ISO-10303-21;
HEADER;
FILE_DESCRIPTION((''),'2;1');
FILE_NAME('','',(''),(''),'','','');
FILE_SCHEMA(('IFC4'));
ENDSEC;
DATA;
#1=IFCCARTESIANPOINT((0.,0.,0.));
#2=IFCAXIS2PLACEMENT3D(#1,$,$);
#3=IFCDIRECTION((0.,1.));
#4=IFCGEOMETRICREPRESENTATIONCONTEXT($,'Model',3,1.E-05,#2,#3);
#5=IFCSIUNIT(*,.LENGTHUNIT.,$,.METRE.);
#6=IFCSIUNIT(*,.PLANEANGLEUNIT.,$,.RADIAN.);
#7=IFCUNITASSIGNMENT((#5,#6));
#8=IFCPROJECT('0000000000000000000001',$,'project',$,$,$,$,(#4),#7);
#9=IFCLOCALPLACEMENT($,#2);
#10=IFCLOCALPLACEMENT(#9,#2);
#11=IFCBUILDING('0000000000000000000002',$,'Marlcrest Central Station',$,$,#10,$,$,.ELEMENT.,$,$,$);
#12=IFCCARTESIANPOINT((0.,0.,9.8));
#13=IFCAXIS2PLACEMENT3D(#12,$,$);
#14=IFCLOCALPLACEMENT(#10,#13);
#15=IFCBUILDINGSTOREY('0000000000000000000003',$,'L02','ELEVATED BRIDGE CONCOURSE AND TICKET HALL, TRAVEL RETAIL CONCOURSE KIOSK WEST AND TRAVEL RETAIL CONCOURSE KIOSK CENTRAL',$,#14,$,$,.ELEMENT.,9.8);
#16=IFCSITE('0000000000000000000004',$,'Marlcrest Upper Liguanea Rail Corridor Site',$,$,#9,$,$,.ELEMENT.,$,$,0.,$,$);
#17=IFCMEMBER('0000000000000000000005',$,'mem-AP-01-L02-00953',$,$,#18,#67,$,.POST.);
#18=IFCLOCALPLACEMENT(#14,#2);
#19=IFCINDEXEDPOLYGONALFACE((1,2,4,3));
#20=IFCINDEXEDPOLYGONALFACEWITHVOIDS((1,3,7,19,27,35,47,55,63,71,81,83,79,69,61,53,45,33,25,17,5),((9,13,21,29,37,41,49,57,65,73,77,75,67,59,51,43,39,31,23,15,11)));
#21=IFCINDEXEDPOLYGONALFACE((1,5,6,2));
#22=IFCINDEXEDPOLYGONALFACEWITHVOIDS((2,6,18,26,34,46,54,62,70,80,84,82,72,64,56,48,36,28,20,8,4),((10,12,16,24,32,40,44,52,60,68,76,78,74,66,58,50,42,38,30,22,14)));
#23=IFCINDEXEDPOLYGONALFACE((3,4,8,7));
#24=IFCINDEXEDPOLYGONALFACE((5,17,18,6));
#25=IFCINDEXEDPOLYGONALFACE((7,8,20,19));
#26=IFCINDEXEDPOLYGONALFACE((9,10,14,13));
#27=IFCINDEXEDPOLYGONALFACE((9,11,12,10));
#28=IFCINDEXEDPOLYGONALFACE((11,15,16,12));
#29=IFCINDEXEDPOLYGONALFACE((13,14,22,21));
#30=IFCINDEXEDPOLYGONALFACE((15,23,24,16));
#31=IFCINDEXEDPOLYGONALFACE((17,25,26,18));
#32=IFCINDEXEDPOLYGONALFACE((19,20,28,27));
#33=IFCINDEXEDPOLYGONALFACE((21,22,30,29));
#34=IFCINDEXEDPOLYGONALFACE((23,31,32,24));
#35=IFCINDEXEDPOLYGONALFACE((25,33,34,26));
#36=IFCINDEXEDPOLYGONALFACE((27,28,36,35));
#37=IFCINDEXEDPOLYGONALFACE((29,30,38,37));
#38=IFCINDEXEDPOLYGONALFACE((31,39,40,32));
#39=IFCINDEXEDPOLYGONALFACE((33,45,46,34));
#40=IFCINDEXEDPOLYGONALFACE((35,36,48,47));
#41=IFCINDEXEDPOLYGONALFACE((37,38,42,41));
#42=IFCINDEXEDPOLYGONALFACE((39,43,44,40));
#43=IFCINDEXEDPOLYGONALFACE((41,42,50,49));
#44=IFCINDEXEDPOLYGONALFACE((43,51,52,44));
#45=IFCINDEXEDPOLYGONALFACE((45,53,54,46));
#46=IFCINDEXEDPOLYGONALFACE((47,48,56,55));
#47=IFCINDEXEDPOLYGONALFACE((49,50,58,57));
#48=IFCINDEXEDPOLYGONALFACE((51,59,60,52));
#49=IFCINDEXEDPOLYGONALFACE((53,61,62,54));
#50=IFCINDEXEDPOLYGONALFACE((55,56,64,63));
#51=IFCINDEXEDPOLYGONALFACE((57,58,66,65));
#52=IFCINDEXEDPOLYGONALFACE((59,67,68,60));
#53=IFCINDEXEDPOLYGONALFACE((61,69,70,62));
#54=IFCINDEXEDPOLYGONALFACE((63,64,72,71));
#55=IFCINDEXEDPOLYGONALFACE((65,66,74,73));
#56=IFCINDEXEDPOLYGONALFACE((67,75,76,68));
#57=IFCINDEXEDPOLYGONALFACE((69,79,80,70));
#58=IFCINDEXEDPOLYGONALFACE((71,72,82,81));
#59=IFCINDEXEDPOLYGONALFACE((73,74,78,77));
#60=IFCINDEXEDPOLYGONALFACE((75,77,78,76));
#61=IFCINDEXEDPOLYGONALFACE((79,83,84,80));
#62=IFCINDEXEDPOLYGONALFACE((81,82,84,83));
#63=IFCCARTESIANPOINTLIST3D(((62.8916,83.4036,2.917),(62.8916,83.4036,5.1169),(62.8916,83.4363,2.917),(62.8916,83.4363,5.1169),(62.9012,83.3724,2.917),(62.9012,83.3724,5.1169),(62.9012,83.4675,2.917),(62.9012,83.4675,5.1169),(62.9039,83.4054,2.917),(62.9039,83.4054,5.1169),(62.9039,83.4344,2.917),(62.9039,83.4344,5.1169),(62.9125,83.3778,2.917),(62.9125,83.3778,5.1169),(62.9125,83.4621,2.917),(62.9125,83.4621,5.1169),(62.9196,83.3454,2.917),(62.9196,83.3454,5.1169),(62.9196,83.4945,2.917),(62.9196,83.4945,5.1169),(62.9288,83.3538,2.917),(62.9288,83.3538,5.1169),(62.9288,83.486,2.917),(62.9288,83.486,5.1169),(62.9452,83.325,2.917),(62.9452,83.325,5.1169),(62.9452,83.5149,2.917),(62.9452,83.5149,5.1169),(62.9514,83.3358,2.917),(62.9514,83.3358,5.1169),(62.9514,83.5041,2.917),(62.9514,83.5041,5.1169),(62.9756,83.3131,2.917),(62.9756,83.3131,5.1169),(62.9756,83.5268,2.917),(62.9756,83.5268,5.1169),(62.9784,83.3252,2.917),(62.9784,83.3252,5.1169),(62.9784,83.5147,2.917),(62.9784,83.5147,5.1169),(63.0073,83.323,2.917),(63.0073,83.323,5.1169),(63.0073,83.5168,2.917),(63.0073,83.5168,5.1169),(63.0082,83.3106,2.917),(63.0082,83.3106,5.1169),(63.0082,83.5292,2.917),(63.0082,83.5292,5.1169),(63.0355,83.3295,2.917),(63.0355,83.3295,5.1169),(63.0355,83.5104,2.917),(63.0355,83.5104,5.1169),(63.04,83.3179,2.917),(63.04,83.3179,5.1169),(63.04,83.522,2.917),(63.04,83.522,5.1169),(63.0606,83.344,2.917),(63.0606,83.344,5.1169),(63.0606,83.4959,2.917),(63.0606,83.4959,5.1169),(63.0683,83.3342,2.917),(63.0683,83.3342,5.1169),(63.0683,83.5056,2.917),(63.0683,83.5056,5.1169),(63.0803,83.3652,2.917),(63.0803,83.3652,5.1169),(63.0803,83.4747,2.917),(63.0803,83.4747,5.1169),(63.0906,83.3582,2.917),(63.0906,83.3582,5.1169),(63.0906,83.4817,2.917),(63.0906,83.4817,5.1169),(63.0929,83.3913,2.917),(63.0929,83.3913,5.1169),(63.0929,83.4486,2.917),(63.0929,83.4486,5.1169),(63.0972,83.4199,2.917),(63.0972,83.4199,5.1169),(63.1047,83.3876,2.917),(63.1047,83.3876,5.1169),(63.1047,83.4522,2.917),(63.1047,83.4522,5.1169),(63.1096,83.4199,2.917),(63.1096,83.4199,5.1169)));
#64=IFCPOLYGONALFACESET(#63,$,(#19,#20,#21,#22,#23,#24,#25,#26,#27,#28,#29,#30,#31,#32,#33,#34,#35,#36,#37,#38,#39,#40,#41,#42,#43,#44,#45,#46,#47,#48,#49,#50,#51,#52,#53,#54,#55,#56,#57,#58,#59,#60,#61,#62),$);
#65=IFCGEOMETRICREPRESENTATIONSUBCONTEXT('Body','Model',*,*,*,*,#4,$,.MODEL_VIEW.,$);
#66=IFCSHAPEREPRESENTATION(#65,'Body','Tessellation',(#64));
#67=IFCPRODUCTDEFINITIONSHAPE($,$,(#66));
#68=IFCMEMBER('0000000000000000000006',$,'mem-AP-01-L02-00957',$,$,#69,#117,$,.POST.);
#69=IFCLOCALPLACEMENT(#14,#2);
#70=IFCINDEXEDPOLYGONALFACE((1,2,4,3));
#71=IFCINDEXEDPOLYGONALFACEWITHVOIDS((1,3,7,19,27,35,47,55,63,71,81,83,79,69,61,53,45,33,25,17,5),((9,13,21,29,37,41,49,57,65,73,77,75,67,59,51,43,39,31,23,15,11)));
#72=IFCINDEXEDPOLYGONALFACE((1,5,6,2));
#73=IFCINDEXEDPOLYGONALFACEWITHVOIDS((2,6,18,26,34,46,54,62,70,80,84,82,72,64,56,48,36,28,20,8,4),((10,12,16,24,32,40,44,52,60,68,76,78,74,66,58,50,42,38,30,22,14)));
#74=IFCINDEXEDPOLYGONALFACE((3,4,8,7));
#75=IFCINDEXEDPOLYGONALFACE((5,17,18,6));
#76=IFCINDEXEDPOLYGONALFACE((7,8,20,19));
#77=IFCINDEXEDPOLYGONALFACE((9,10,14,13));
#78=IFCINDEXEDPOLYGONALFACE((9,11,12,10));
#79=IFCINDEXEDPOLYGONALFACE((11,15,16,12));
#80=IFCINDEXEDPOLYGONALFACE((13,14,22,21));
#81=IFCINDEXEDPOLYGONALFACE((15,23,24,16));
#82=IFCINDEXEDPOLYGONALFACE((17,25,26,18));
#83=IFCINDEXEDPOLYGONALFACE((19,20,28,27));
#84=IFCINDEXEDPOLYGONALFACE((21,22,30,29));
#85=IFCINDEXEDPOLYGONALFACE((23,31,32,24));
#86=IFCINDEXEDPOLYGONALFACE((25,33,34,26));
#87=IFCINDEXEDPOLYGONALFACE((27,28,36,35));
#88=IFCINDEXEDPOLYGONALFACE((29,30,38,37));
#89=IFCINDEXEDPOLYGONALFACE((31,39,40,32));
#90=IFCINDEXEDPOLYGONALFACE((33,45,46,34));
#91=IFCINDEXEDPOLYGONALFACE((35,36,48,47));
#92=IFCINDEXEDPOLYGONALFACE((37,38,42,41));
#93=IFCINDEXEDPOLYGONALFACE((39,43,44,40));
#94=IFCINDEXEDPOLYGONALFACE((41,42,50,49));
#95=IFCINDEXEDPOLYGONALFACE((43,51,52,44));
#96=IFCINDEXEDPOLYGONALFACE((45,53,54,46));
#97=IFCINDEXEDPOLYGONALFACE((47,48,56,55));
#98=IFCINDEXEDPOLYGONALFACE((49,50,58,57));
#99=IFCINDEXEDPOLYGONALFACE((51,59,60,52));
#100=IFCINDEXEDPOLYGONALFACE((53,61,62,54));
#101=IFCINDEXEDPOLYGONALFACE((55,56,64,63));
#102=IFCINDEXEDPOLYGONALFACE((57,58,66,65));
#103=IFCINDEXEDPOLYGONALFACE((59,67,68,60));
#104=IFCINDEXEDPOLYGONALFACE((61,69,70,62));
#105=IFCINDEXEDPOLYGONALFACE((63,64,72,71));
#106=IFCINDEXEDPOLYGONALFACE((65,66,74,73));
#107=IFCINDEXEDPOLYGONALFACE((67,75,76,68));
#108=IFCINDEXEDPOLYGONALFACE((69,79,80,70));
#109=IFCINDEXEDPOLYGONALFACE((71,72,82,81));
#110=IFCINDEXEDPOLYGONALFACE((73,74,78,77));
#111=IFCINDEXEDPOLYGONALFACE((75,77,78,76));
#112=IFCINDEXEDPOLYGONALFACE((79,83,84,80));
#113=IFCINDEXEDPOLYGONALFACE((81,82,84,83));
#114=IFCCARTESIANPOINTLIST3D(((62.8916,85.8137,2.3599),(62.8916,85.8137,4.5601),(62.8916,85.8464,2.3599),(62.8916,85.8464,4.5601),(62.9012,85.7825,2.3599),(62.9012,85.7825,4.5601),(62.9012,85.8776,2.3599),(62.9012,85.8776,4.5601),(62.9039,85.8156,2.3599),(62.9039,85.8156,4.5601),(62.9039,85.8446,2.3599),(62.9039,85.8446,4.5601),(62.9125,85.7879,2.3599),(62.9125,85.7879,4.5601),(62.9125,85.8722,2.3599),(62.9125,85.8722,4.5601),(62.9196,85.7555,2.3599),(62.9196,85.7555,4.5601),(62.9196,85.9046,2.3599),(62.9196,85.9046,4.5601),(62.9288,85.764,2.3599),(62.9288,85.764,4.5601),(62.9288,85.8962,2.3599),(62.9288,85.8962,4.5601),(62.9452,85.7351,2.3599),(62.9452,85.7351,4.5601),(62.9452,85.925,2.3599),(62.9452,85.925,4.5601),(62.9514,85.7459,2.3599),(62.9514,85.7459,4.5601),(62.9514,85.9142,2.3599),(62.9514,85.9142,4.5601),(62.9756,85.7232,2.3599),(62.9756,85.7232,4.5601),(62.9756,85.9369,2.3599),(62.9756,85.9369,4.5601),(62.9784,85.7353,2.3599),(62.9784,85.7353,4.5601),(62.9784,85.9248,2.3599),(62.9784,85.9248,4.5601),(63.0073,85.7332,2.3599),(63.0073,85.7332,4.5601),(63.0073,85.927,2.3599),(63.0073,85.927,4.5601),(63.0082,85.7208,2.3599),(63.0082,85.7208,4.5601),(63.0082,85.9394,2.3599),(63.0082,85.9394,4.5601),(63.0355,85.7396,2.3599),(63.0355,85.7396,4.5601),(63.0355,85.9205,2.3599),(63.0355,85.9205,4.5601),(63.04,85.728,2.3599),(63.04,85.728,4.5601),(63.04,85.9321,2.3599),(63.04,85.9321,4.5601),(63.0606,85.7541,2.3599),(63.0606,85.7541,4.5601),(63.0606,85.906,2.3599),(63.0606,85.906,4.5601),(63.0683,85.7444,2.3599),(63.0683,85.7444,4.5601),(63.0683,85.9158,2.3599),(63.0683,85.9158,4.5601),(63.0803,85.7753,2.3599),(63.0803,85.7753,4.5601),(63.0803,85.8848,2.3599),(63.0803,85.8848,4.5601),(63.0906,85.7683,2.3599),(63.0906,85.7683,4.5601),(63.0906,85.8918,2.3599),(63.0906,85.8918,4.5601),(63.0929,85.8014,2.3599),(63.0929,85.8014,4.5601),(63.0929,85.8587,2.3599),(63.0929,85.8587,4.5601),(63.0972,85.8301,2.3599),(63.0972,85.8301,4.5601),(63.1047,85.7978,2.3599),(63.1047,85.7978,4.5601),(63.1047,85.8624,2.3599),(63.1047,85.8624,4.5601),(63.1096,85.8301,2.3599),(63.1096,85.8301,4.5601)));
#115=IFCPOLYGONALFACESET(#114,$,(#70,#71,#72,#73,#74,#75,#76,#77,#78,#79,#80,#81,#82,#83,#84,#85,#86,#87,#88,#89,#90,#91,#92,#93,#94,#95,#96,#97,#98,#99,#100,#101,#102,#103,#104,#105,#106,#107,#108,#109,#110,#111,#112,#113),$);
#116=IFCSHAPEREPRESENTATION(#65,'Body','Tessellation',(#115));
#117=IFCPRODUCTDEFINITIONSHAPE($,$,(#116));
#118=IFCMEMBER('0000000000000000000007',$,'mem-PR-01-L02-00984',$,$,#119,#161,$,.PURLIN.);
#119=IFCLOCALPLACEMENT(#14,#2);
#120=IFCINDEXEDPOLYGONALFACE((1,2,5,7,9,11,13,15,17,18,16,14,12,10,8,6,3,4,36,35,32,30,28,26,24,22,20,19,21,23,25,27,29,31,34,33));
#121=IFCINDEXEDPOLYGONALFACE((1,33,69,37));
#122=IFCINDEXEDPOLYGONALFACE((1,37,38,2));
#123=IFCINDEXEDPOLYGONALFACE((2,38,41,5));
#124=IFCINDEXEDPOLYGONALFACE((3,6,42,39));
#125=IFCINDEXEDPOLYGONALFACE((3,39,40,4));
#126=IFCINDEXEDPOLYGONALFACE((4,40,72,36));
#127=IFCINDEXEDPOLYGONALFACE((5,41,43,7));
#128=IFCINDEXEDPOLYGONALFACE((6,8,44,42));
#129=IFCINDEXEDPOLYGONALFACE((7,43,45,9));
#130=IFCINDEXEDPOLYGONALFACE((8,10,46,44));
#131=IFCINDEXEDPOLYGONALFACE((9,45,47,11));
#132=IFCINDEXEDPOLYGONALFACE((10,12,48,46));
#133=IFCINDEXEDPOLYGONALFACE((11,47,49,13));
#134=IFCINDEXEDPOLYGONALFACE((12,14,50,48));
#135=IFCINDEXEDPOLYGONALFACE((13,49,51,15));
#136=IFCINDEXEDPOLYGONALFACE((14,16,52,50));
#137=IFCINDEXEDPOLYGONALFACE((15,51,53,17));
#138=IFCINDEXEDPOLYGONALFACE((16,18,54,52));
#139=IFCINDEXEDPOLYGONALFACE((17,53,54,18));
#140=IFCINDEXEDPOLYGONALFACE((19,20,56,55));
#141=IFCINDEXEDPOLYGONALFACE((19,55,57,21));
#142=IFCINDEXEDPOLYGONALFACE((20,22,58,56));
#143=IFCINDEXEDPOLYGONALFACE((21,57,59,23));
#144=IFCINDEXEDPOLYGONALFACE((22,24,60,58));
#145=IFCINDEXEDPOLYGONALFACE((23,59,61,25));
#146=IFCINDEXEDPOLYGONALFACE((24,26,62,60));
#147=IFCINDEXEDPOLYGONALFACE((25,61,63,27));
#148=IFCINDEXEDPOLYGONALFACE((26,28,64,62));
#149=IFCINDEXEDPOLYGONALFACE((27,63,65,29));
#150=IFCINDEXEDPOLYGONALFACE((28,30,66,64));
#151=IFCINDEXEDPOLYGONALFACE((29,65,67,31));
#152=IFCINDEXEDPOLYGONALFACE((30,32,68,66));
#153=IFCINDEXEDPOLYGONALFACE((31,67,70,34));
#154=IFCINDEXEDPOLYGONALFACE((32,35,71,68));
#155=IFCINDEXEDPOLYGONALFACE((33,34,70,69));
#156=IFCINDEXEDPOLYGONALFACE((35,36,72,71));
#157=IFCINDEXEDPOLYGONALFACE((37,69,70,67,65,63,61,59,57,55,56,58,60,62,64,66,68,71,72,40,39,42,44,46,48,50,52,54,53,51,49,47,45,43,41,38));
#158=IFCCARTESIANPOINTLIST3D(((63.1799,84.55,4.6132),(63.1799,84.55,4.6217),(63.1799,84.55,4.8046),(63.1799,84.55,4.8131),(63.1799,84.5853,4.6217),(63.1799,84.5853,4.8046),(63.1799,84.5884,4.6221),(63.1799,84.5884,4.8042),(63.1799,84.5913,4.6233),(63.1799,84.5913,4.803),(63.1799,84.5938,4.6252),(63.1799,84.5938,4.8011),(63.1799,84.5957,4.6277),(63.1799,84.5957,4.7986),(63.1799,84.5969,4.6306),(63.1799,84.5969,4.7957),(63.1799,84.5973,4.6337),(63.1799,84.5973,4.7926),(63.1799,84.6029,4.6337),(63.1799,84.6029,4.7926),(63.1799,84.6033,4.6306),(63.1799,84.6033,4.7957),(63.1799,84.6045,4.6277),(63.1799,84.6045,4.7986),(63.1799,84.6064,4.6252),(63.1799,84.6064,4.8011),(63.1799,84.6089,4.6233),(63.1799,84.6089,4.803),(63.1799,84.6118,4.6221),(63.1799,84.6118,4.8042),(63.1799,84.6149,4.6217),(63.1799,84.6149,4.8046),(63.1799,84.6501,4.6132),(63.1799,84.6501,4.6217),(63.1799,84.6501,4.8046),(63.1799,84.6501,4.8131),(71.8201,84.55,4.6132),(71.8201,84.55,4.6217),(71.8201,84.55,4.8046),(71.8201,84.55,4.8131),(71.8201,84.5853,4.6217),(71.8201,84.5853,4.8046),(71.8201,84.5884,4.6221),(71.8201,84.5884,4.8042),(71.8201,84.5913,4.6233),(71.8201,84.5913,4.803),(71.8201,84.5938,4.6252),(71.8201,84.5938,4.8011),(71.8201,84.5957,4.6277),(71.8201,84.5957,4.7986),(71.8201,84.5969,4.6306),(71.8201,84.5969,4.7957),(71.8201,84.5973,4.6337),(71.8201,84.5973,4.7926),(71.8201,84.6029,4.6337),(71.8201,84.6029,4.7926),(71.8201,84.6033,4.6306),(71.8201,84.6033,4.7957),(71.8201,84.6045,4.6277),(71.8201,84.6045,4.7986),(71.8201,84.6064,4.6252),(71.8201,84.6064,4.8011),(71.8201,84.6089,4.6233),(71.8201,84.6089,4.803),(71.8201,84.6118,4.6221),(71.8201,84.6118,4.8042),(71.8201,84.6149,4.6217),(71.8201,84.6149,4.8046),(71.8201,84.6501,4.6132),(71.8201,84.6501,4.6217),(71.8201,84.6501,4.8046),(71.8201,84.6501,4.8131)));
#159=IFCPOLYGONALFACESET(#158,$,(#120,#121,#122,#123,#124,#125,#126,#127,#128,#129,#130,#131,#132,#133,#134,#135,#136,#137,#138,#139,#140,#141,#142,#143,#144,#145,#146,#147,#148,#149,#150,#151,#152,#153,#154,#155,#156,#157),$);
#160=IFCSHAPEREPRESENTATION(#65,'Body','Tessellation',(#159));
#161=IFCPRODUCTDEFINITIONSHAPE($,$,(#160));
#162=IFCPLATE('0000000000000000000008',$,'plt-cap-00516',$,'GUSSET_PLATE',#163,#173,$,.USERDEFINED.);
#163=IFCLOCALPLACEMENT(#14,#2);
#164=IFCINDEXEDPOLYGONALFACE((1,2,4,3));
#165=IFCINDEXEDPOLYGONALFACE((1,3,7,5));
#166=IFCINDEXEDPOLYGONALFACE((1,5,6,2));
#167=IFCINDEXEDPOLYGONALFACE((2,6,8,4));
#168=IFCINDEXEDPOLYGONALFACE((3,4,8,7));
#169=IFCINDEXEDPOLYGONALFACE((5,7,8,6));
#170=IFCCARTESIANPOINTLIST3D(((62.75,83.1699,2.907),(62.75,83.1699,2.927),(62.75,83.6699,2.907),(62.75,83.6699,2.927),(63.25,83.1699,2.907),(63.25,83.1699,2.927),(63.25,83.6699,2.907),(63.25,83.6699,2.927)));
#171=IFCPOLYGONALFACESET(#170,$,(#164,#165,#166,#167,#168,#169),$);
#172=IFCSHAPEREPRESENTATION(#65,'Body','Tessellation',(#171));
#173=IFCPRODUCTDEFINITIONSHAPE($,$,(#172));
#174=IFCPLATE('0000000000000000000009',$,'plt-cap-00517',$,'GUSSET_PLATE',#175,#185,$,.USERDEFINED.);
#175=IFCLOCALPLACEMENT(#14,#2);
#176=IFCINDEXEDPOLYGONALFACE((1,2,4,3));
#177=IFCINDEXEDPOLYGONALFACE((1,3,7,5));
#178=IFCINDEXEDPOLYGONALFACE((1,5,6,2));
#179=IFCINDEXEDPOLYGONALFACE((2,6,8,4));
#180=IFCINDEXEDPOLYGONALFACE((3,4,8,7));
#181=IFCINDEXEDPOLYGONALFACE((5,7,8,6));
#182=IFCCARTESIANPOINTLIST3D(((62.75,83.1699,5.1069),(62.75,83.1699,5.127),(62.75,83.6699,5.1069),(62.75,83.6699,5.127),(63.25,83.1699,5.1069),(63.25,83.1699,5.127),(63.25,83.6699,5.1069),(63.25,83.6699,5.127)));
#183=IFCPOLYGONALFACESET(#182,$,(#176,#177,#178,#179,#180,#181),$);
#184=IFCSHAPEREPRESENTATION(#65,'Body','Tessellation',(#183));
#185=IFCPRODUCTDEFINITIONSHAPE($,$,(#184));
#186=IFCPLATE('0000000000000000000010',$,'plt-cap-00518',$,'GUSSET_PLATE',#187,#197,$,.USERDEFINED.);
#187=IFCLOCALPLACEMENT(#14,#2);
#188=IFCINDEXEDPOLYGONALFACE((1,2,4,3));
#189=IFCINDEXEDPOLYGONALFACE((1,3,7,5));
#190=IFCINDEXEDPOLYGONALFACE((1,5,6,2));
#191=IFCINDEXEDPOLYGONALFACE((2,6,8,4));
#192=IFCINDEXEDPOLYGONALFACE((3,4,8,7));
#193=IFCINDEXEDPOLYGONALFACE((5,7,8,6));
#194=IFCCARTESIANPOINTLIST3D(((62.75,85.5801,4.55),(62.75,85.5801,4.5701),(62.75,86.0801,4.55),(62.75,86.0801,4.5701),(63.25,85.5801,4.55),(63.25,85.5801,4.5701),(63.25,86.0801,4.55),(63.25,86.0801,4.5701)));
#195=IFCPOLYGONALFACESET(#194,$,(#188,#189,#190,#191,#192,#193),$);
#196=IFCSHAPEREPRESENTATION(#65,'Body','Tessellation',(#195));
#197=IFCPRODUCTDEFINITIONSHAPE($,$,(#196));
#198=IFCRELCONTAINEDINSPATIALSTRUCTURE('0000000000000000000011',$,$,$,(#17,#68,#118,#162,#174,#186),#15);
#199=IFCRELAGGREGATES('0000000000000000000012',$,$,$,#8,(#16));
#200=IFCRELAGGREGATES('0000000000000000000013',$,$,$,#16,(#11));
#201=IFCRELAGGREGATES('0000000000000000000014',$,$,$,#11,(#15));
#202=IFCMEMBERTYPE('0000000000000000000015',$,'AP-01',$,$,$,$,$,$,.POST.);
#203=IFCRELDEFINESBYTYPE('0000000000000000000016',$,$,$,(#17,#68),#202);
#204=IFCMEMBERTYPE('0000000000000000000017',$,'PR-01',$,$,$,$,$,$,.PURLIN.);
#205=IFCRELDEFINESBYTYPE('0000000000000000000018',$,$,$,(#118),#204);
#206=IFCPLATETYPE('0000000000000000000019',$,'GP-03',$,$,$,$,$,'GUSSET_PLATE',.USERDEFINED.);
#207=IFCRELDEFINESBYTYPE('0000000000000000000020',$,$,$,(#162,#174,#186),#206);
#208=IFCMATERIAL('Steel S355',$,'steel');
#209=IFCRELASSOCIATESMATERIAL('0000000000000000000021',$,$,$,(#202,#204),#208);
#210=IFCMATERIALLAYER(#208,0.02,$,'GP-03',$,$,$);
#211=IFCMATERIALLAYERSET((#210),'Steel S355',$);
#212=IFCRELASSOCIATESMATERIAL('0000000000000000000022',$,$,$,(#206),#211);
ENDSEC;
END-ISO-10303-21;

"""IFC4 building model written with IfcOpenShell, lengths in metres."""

from ifc_helpers import new_model, si_unit, direction, frame, origin, origin_2d, place, context, subcontext, project, spatial, rectangle, hollow_circle, i_section, extrude, material, layer, layer_set, material_profile, profile_set, type_object, element, save


model = new_model("IFC4")

# Units and contexts
model_context = context("Model", 3, precision=1e-05, world=origin(), true_north=direction((0.0, 1.0)))
body_context = subcontext(model_context, "Body", "Model", "MODEL_VIEW")
ifc_project = project(units=[si_unit("LENGTHUNIT", "METRE"), si_unit("PLANEANGLEUNIT", "RADIAN")], contexts=[model_context])

# Site, building, storey
site_placement = place(None, origin())
site = spatial("IfcSite", under=ifc_project, at=site_placement, Name="Marlcrest Upper Liguanea Rail Corridor Site", CompositionType="ELEMENT", RefElevation=0.0)
building_placement = place(site_placement, origin())
building = spatial("IfcBuilding", under=site, at=building_placement, Name="Marlcrest Central Station", CompositionType="ELEMENT")
storey_placement = place(building_placement, frame((0.0, 0.0, 9.8)))
storey = spatial("IfcBuildingStorey", under=building, at=storey_placement, Name="L02", Description="ELEVATED BRIDGE CONCOURSE AND TICKET HALL, TRAVEL RETAIL CONCOURSE KIOSK WEST AND TRAVEL RETAIL CONCOURSE KIOSK CENTRAL", CompositionType="ELEMENT", Elevation=9.8)

# Members
ifc_material_1 = material(Name="Steel S355", Category="steel")
ifc_material_profile_1 = material_profile(ifc_material_1, hollow_circle(Radius=0.1096, WallThickness=0.0125, at=origin_2d()), Name="CHS 219.1x12.5")
ifc_profile_set_1 = profile_set([ifc_material_profile_1], Name="Steel S355")
member_type_1 = type_object("IfcMemberType", Name="AP-01", PredefinedType="POST", material=ifc_profile_set_1)
member_1_placement = place(storey_placement, frame((63.0, 83.4199, 2.917), z_axis=(0.0, 0.0, 1.0), x_axis=(1.0, 0.0, 0.0)))
element("IfcMember", 1, at=member_1_placement, inside=storey, type_object=member_type_1, Name="mem-AP-01-L02-00953", PredefinedType="POST", context=body_context, shape_type="SweptSolid", body=[
    extrude(hollow_circle(Radius=0.1096, WallThickness=0.0125, at=origin_2d()), origin(), (0.0, 0.0, 1.0), 2.2),
])
member_2_placement = place(storey_placement, frame((63.0, 85.8301, 2.3599), z_axis=(0.0, 0.0, 1.0), x_axis=(1.0, 0.0, 0.0)))
element("IfcMember", 2, at=member_2_placement, inside=storey, type_object=member_type_1, Name="mem-AP-01-L02-00957", PredefinedType="POST", context=body_context, shape_type="SweptSolid", body=[
    extrude(hollow_circle(Radius=0.1096, WallThickness=0.0125, at=origin_2d()), origin(), (0.0, 0.0, 1.0), 2.2002),
])
ifc_material_profile_2 = material_profile(ifc_material_1, i_section(OverallWidth=0.1001, OverallDepth=0.2, WebThickness=0.0056, FlangeThickness=0.0085, FilletRadius=0.012, at=origin_2d()), Name="IPE 200")
ifc_profile_set_2 = profile_set([ifc_material_profile_2], Name="Steel S355")
member_type_2 = type_object("IfcMemberType", Name="PR-01", PredefinedType="PURLIN", material=ifc_profile_set_2)
member_3_placement = place(storey_placement, frame((63.1799, 84.6001, 4.7131), z_axis=(1.0, 0.0, 0.0), x_axis=(0.0, 1.0, 0.0)))
element("IfcMember", 3, at=member_3_placement, inside=storey, type_object=member_type_2, Name="mem-PR-01-L02-00984", PredefinedType="PURLIN", context=body_context, shape_type="SweptSolid", body=[
    extrude(i_section(OverallWidth=0.1001, OverallDepth=0.2, WebThickness=0.0056, FlangeThickness=0.0085, FilletRadius=0.012, at=origin_2d()), origin(), (0.0, 0.0, 1.0), 8.6401),
])

# Plates
ifc_layer_1 = layer(ifc_material_1, 0.02, Name="GP-03")
ifc_layer_set_1 = layer_set([ifc_layer_1], Name="Steel S355")
plate_type = type_object("IfcPlateType", Name="GP-03", ElementType="GUSSET_PLATE", PredefinedType="USERDEFINED", material=ifc_layer_set_1)
for number, where, z_axis, x_axis, name in (
    (4, (63.0, 83.4199, 2.907), (0.0, 0.0, 1.0), (1.0, 0.0, 0.0), "plt-cap-00516"),
    (5, (63.0, 83.4199, 5.1069), (0.0, 0.0, 1.0), (1.0, 0.0, 0.0), "plt-cap-00517"),
    (6, (63.0, 85.8301, 4.55), (0.0, 0.0, 1.0), (1.0, 0.0, 0.0), "plt-cap-00518"),
):
    element("IfcPlate", number, at=place(storey_placement, frame(where, z_axis=z_axis, x_axis=x_axis)), inside=storey, type_object=plate_type, Name=name, ObjectType="GUSSET_PLATE", PredefinedType="USERDEFINED", context=body_context, shape_type="SweptSolid", body=[
        extrude(rectangle(XDim=0.5, YDim=0.5, at=origin_2d()), origin(), (0.0, 0.0, 1.0), 0.02),
    ])

save(model, "model.ifc")
